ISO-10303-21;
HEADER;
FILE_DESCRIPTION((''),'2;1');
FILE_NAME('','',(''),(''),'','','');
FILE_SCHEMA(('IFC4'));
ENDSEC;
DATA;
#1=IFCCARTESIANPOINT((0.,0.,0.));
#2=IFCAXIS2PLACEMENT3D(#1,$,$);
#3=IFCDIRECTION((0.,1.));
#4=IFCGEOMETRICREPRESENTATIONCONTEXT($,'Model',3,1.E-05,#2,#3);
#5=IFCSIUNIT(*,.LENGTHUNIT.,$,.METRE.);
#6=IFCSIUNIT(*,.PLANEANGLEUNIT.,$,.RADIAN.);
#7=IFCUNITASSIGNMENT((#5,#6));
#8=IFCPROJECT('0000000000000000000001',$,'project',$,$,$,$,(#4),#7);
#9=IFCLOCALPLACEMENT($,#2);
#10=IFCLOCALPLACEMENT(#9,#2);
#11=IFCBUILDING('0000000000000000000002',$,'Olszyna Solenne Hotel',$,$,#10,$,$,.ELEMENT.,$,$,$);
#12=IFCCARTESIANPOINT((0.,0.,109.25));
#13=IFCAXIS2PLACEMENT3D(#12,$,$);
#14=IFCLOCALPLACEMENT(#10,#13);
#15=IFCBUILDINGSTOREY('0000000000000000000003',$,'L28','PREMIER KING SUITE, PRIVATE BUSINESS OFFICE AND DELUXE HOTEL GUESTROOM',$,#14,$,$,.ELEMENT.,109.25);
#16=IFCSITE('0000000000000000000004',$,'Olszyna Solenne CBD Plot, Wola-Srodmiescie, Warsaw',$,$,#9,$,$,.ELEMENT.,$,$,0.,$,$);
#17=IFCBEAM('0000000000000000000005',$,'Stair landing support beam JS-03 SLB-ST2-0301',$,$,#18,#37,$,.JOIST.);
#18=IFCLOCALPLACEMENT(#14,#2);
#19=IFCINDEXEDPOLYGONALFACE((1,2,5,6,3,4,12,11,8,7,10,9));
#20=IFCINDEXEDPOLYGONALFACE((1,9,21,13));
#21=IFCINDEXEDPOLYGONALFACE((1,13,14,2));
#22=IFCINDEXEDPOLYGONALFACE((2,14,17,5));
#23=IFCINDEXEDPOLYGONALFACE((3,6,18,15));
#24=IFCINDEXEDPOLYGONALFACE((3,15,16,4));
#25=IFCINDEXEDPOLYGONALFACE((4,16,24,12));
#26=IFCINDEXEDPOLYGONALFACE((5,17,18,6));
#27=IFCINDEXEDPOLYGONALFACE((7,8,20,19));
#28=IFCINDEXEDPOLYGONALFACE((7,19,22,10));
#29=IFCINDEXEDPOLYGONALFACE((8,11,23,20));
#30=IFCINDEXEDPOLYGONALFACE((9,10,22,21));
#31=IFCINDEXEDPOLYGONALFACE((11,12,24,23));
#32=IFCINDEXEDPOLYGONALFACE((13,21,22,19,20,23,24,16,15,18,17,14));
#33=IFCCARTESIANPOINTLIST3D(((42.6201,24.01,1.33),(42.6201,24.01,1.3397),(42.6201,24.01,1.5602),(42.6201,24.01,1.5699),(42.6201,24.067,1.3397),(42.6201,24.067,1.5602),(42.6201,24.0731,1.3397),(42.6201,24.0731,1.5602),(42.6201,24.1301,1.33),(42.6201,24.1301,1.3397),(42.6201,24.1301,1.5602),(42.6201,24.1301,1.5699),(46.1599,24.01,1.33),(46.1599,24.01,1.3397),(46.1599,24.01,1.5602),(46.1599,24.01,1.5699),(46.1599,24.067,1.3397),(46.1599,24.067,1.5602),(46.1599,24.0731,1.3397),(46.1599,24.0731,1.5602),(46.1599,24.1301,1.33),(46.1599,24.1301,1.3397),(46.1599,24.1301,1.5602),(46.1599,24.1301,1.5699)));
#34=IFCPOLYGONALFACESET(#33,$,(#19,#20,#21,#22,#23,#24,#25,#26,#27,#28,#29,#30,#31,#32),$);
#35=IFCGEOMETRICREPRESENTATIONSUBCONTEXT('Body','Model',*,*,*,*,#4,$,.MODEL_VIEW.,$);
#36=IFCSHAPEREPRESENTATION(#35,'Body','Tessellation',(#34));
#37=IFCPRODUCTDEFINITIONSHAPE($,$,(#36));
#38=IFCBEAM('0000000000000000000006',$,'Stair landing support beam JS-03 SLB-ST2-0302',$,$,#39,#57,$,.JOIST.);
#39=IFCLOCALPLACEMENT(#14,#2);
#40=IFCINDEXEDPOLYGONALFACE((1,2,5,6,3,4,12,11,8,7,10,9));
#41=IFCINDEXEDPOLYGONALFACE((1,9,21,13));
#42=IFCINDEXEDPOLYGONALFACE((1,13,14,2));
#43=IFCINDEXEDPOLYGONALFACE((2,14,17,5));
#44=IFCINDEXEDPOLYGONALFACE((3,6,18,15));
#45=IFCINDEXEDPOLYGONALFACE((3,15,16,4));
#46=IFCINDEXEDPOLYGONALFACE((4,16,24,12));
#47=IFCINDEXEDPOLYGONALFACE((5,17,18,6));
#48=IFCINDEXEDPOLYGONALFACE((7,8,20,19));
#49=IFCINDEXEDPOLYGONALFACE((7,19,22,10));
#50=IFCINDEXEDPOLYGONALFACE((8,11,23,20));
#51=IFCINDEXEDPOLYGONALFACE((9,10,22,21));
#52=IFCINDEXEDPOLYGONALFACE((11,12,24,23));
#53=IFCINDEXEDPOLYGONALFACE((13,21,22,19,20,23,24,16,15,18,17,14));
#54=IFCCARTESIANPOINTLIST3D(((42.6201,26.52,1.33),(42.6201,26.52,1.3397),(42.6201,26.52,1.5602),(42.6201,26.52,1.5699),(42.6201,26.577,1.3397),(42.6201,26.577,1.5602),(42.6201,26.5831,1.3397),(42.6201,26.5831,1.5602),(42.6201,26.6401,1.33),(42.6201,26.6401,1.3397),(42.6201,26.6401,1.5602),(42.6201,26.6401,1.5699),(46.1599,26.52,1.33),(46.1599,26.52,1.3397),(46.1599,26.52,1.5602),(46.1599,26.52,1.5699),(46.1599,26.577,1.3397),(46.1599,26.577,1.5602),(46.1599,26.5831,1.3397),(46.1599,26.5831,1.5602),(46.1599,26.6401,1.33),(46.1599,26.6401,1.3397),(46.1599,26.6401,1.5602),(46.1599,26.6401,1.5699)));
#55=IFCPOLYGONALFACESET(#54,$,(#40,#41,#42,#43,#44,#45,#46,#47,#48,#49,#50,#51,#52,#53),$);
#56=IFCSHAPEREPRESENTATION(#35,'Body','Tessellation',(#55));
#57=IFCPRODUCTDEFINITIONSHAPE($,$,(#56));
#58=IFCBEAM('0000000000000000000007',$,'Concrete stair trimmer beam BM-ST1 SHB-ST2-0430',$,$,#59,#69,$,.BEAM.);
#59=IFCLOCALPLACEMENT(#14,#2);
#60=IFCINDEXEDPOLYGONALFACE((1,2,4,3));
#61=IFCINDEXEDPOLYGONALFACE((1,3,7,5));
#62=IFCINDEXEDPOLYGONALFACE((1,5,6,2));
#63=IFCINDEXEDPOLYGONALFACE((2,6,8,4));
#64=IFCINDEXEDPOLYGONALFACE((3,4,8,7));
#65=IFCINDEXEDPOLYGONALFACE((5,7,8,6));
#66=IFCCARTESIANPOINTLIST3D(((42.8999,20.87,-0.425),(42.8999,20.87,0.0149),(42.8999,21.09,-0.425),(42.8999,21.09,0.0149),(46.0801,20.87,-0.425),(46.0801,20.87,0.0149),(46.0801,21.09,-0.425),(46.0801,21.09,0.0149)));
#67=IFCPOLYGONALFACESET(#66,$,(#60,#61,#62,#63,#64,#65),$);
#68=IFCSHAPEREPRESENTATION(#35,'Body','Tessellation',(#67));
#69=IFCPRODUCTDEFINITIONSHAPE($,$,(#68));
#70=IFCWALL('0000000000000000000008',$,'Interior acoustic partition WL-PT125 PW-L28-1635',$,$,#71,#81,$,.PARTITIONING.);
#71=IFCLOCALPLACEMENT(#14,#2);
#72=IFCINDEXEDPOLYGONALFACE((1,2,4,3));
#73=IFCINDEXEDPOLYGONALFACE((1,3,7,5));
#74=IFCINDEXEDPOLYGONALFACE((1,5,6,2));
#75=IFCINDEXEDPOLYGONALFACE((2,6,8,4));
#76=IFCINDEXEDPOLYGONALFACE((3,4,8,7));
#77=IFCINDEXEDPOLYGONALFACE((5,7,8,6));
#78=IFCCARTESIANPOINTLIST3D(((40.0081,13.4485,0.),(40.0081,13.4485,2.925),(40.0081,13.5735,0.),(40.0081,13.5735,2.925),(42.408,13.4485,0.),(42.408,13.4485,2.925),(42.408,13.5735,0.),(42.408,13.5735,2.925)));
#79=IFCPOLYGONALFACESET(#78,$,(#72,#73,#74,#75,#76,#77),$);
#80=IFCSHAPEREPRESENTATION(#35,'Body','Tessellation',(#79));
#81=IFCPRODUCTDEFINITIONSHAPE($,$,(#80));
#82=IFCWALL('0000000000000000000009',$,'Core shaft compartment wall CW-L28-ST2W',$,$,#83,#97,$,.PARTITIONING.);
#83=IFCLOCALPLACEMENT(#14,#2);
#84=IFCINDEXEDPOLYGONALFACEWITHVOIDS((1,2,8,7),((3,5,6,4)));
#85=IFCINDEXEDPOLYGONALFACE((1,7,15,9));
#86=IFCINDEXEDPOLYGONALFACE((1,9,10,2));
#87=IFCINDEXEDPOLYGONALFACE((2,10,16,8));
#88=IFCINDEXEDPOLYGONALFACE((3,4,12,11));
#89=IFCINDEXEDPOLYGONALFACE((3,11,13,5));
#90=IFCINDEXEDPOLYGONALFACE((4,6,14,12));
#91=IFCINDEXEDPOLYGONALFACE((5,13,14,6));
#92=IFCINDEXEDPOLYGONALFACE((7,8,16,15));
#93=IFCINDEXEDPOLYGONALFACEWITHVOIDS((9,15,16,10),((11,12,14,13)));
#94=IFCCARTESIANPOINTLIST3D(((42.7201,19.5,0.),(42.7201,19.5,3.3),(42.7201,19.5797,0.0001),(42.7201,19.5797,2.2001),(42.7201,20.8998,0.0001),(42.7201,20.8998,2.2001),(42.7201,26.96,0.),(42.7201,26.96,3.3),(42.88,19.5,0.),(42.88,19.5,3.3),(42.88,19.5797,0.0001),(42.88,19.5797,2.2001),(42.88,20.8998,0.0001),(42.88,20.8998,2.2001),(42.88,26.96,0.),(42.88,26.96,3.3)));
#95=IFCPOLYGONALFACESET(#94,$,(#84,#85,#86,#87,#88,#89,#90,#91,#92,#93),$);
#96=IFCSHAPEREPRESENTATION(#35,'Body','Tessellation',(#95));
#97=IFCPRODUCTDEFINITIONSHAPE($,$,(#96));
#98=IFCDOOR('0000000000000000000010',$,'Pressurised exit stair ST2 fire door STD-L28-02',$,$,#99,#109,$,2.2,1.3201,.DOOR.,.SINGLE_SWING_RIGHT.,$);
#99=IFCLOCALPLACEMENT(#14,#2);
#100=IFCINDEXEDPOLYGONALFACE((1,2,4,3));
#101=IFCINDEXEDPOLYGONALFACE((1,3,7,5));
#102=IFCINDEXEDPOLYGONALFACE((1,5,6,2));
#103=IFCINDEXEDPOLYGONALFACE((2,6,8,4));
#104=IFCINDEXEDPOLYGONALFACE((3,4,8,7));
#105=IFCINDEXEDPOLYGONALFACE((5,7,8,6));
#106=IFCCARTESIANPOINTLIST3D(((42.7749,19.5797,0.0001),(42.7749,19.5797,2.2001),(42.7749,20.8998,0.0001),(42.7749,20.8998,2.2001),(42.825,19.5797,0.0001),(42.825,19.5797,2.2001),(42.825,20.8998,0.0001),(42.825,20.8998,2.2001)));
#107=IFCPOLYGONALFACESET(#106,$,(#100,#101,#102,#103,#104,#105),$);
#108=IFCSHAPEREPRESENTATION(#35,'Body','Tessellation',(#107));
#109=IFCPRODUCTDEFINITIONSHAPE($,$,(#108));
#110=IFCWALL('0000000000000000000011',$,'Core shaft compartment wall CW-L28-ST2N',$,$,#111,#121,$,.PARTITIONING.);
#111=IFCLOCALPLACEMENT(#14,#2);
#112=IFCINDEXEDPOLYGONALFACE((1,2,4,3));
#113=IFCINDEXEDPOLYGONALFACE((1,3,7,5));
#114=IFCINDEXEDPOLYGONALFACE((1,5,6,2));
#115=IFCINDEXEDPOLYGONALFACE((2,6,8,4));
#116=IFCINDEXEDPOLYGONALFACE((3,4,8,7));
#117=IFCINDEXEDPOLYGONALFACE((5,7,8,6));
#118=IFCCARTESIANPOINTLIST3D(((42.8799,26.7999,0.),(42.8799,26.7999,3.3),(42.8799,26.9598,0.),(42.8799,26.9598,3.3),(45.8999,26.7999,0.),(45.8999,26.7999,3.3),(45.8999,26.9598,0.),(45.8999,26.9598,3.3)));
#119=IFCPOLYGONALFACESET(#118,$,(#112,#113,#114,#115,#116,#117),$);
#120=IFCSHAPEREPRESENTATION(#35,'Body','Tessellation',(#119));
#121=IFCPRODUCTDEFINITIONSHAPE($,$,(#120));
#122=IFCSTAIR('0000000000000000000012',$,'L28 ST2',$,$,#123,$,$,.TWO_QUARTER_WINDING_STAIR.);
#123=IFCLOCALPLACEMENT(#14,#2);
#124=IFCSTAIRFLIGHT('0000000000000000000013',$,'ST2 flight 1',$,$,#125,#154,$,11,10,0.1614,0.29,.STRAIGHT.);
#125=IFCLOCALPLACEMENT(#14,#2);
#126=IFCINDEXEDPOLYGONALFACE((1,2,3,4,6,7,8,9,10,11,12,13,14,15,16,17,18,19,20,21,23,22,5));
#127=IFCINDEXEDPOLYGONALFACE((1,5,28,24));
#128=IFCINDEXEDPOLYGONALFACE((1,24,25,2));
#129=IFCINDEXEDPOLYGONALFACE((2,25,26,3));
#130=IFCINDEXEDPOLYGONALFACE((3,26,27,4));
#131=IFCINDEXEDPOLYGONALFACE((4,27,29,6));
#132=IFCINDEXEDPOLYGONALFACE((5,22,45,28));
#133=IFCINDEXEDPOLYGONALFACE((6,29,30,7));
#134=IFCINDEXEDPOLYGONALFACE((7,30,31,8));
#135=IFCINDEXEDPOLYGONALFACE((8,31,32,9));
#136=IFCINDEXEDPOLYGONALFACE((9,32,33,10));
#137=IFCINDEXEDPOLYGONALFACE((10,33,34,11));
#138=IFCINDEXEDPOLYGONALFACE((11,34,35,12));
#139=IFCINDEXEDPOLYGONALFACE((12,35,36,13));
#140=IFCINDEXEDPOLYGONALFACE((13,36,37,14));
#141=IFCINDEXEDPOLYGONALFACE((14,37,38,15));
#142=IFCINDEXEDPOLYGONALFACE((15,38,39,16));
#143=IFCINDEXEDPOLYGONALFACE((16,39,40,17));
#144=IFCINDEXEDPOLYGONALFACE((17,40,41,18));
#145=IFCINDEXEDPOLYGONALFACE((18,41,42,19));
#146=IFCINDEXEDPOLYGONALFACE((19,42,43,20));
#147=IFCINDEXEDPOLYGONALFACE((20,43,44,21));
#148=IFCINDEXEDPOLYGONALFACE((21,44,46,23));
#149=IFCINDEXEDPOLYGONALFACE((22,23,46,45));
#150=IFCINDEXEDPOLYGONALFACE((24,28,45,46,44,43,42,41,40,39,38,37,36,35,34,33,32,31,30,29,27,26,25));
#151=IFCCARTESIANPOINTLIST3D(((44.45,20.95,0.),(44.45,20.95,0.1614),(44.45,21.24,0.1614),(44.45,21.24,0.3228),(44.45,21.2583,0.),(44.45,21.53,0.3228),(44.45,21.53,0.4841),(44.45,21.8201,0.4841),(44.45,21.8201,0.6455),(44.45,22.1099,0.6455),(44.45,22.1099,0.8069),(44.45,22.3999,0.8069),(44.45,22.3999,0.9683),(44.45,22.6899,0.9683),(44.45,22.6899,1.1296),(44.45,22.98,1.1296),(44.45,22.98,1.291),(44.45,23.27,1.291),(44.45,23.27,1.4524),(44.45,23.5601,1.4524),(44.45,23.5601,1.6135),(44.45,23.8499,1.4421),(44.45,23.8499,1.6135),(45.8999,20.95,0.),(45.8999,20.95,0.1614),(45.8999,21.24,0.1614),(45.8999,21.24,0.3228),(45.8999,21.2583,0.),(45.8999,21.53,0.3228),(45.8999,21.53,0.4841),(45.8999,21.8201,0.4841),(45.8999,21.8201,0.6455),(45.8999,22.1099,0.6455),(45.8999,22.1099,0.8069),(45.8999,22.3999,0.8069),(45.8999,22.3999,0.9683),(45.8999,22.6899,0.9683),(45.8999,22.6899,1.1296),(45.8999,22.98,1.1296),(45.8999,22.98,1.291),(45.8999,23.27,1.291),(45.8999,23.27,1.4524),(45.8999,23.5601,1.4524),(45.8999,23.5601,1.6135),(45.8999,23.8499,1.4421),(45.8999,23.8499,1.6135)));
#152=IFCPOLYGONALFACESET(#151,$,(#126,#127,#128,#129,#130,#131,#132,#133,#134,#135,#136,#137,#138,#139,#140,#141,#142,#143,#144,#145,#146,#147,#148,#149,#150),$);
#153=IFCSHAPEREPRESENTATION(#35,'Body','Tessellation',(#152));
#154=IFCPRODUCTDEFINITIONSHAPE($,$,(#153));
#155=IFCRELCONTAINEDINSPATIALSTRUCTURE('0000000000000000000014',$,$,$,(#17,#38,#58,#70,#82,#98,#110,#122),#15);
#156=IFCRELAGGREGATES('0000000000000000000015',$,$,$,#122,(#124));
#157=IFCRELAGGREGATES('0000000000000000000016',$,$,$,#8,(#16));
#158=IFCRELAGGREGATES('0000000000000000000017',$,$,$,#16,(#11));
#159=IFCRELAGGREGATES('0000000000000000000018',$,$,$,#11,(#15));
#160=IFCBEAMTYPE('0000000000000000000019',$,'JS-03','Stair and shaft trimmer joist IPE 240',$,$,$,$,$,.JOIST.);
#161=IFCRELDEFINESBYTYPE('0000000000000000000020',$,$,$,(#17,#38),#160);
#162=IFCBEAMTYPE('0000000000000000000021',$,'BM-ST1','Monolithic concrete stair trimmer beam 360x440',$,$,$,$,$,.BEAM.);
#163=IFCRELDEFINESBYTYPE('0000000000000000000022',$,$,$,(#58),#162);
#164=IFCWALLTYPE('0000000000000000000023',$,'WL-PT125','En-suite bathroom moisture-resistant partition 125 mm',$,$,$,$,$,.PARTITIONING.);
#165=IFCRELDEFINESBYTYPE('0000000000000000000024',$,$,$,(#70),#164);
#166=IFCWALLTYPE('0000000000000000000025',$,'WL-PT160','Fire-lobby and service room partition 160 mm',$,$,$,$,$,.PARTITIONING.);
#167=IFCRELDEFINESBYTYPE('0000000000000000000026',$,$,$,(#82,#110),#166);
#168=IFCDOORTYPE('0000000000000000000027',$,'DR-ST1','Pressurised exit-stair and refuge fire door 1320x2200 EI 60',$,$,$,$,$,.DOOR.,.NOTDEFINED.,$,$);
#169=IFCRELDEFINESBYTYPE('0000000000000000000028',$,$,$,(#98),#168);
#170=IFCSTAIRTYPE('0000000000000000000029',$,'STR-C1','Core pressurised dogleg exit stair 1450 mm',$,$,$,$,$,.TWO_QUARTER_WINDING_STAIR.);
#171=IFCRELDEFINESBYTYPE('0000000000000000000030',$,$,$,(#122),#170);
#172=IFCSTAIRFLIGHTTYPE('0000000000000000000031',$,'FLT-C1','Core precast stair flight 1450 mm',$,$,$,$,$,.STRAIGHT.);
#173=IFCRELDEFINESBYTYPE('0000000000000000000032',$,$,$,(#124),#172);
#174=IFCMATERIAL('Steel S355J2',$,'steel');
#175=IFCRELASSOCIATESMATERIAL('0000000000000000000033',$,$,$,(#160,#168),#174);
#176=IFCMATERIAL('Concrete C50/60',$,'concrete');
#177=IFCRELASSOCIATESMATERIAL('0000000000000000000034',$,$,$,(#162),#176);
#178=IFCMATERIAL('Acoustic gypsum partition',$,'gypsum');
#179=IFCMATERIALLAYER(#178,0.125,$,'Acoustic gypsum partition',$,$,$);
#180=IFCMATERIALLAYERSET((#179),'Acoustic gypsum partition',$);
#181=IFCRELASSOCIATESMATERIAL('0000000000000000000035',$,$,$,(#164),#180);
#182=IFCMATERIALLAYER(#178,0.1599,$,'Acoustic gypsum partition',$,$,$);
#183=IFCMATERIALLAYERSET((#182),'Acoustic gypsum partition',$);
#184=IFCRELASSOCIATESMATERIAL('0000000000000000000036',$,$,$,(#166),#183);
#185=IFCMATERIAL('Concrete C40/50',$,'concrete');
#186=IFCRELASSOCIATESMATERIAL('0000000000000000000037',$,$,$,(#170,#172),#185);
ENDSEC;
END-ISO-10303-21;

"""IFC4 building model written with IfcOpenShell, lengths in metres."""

from ifc_helpers import new_model, si_unit, direction, frame, frame_2d, origin, origin_2d, place, context, subcontext, project, spatial, polyline, rectangle, i_section, outline, extrude, source, transform, mapped, material, layer, layer_set, material_profile, profile_set, type_object, type_shapes, element, fill, aggregate, save


model = new_model("IFC4")

# Units and contexts
model_context = context("Model", 3, precision=1e-05, world=origin(), true_north=direction((0.0, 1.0)))
body_context = subcontext(model_context, "Body", "Model", "MODEL_VIEW")
ifc_project = project(units=[si_unit("LENGTHUNIT", "METRE"), si_unit("PLANEANGLEUNIT", "RADIAN")], contexts=[model_context])

# Site, building, storey
site_placement = place(None, origin())
site = spatial("IfcSite", under=ifc_project, at=site_placement, Name="Olszyna Solenne CBD Plot, Wola-Srodmiescie, Warsaw", CompositionType="ELEMENT", RefElevation=0.0)
building_placement = place(site_placement, origin())
building = spatial("IfcBuilding", under=site, at=building_placement, Name="Olszyna Solenne Hotel", CompositionType="ELEMENT")
storey_placement = place(building_placement, frame((0.0, 0.0, 109.25)))
storey = spatial("IfcBuildingStorey", under=building, at=storey_placement, Name="L28", Description="PREMIER KING SUITE, PRIVATE BUSINESS OFFICE AND DELUXE HOTEL GUESTROOM", CompositionType="ELEMENT", Elevation=109.25)

# Beams
ifc_material_1 = material(Name="Steel S355J2", Category="steel")
ifc_material_profile_1 = material_profile(ifc_material_1, i_section(OverallWidth=0.1201, OverallDepth=0.24, WebThickness=0.0061, FlangeThickness=0.0098, at=origin_2d()), Name="IPE 240", Category="load-bearing")
ifc_profile_set_1 = profile_set([ifc_material_profile_1], Name="Steel S355J2")
beam_type_1 = type_object("IfcBeamType", Name="JS-03", Description="Stair and shaft trimmer joist IPE 240", PredefinedType="JOIST", material=ifc_profile_set_1)
shared_shape_1 = source(origin(), body_context, "Body", "SweptSolid", [
    extrude(i_section(OverallWidth=0.1201, OverallDepth=0.24, WebThickness=0.0061, FlangeThickness=0.0098, at=origin_2d()), origin(), (0.0, 0.0, 1.0), 3.5398),
])
for number, where, z_axis, x_axis, name in (
    (1, (46.1599, 24.0701, 1.45), (-1.0, 0.0, 0.0), (0.0, -1.0, 0.0), "Stair landing support beam JS-03 SLB-ST2-0301"),
    (2, (46.1599, 26.5801, 1.45), (-1.0, 0.0, 0.0), (0.0, -1.0, 0.0), "Stair landing support beam JS-03 SLB-ST2-0302"),
):
    element("IfcBeam", number, at=place(storey_placement, frame(where, z_axis=z_axis, x_axis=x_axis)), inside=storey, type_object=beam_type_1, Name=name, PredefinedType="JOIST", context=body_context, shape_type="MappedRepresentation", body=[
        mapped(shared_shape_1, transform((0.0, 0.0, 0.0), x_axis=(1.0, 0.0, 0.0), y_axis=(0.0, 1.0, 0.0), z_axis=(0.0, 0.0, 1.0), scale=1.0)),
    ])
ifc_material_2 = material(Name="Concrete C50/60", Category="concrete")
ifc_material_profile_2 = material_profile(ifc_material_2, rectangle(XDim=0.22, YDim=0.4399, at=origin_2d()), Name="RC 220x440", Category="load-bearing")
ifc_profile_set_2 = profile_set([ifc_material_profile_2], Name="Concrete C50/60")
beam_type_2 = type_object("IfcBeamType", Name="BM-ST1", Description="Monolithic concrete stair trimmer beam 360x440", PredefinedType="BEAM", material=ifc_profile_set_2)
shared_shape_2 = source(origin(), body_context, "Body", "SweptSolid", [
    extrude(rectangle(XDim=0.22, YDim=0.4399, at=origin_2d()), origin(), (0.0, 0.0, 1.0), 3.1802),
])
beam_placement = place(storey_placement, frame((46.0801, 20.98, -0.2051), z_axis=(-1.0, 0.0, 0.0), x_axis=(0.0, -1.0, 0.0)))
element("IfcBeam", 3, at=beam_placement, inside=storey, type_object=beam_type_2, Name="Concrete stair trimmer beam BM-ST1 SHB-ST2-0430", PredefinedType="BEAM", context=body_context, shape_type="MappedRepresentation", body=[
    mapped(shared_shape_2, transform((0.0, 0.0, 0.0), x_axis=(1.0, 0.0, 0.0), y_axis=(0.0, 1.0, 0.0), z_axis=(0.0, 0.0, 1.0), scale=1.0)),
])

# Wall
ifc_material_3 = material(Name="Acoustic gypsum partition", Category="gypsum")
ifc_layer_1 = layer(ifc_material_3, 0.125, Name="Acoustic gypsum partition")
ifc_layer_set_1 = layer_set([ifc_layer_1], Name="Acoustic gypsum partition")
wall_type_1 = type_object("IfcWallType", Name="WL-PT125", Description="En-suite bathroom moisture-resistant partition 125 mm", PredefinedType="PARTITIONING", material=ifc_layer_set_1)
wall_1_placement = place(storey_placement, frame((42.408, 13.511, 0.0), z_axis=(0.0, 0.0, 1.0), x_axis=(-1.0, 0.0, 0.0)))
element("IfcWall", 4, at=wall_1_placement, inside=storey, type_object=wall_type_1, Name="Interior acoustic partition WL-PT125 PW-L28-1635", PredefinedType="PARTITIONING", context=body_context, shape_type="SweptSolid", body=[
    extrude(rectangle(XDim=2.3999, YDim=0.125, at=frame_2d((1.2, 0.0))), origin(), (0.0, 0.0, 1.0), 2.925),
])

# Wall, opening, door
ifc_layer_2 = layer(ifc_material_3, 0.1599, Name="Acoustic gypsum partition")
ifc_layer_set_2 = layer_set([ifc_layer_2], Name="Acoustic gypsum partition")
wall_type_2 = type_object("IfcWallType", Name="WL-PT160", Description="Fire-lobby and service room partition 160 mm", PredefinedType="PARTITIONING", material=ifc_layer_set_2)
wall_2_placement = place(storey_placement, frame((42.8, 26.96, 0.0), z_axis=(0.0, 0.0, 1.0), x_axis=(0.0, -1.0, 0.0)))
wall_2 = element("IfcWall", 5, at=wall_2_placement, inside=storey, type_object=wall_type_2, Name="Core shaft compartment wall CW-L28-ST2W", PredefinedType="PARTITIONING", context=body_context, shape_type="SweptSolid", body=[
    extrude(rectangle(XDim=7.46, YDim=0.1599, at=frame_2d((3.73, 0.0))), origin(), (0.0, 0.0, 1.0), 3.3),
])
opening_placement = place(wall_2_placement, frame((6.0601, 0.0, 0.0)))
opening = element("IfcOpeningElement", 6, at=opening_placement, cuts=wall_2, PredefinedType="OPENING", context=body_context, shape_type="SweptSolid", body=[
    extrude(rectangle(XDim=1.3201, YDim=2.2, at=frame_2d((0.6602, 1.1001))), frame((0.0, 0.0898, 0.0), z_axis=(0.0, -1.0, 0.0), x_axis=(1.0, 0.0, 0.0)), (0.0, 0.0, 1.0), 0.1799),
])
door_type = type_object("IfcDoorType", Name="DR-ST1", Description="Pressurised exit-stair and refuge fire door 1320x2200 EI 60", OperationType="NOTDEFINED", PredefinedType="DOOR", material=ifc_material_1)
shared_shape_3 = source(origin(), body_context, "Body", "SweptSolid", [
    extrude(rectangle(XDim=1.3201, YDim=2.2, at=frame_2d((0.6602, 1.1001))), frame((0.0, 0.0249, 0.0), z_axis=(0.0, -1.0, 0.0), x_axis=(1.0, 0.0, 0.0)), (0.0, 0.0, 1.0), 0.05),
])
type_shapes(door_type, [shared_shape_3])
door_placement = place(opening_placement, origin())
door = element("IfcDoor", 7, at=door_placement, inside=storey, type_object=door_type, Name="Pressurised exit stair ST2 fire door STD-L28-02", OperationType="SINGLE_SWING_RIGHT", OverallHeight=2.2, OverallWidth=1.3201, PredefinedType="DOOR", context=body_context, shape_type="MappedRepresentation", body=[
    mapped(shared_shape_3, transform((0.0, 0.0, 0.0), x_axis=(1.0, 0.0, 0.0), y_axis=(0.0, 1.0, 0.0), z_axis=(0.0, 0.0, 1.0), scale=1.0)),
])
fill(opening, door)

# Wall
wall_3_placement = place(storey_placement, frame((42.8799, 26.8799, 0.0), z_axis=(0.0, 0.0, 1.0), x_axis=(1.0, 0.0, 0.0)))
element("IfcWall", 8, at=wall_3_placement, inside=storey, type_object=wall_type_2, Name="Core shaft compartment wall CW-L28-ST2N", PredefinedType="PARTITIONING", context=body_context, shape_type="SweptSolid", body=[
    extrude(rectangle(XDim=3.02, YDim=0.1599, at=frame_2d((1.51, 0.0))), origin(), (0.0, 0.0, 1.0), 3.3),
])

# Stair, stair flight
ifc_material_4 = material(Name="Concrete C40/50", Category="concrete")
stair_type = type_object("IfcStairType", Name="STR-C1", Description="Core pressurised dogleg exit stair 1450 mm", PredefinedType="TWO_QUARTER_WINDING_STAIR", material=ifc_material_4)
stair_placement = place(storey_placement, origin())
stair = element("IfcStair", 9, at=stair_placement, inside=storey, type_object=stair_type, Name="L28 ST2", PredefinedType="TWO_QUARTER_WINDING_STAIR")
stair_flight_type = type_object("IfcStairFlightType", Name="FLT-C1", Description="Core precast stair flight 1450 mm", PredefinedType="STRAIGHT", material=ifc_material_4)
stair_flight_1_placement = place(storey_placement, frame((45.175, 20.95, 0.0), z_axis=(0.0, 0.0, 1.0), x_axis=(0.0, 1.0, 0.0)))
stair_flight_1 = element("IfcStairFlight", 10, at=stair_flight_1_placement, type_object=stair_flight_type, Name="ST2 flight 1", NumberOfRisers=11, NumberOfTreads=10, PredefinedType="STRAIGHT", RiserHeight=0.1614, TreadLength=0.29, context=body_context, shape_type="SweptSolid", body=[
    extrude(outline(polyline([(0.0, 0.0), (0.0, 0.1614), (0.29, 0.1614), (0.29, 0.3228), (0.5801, 0.3228), (0.5801, 0.4841), (0.8701, 0.4841), (0.8701, 0.6455), (1.1599, 0.6455), (1.1599, 0.8069), (1.45, 0.8069), (1.45, 0.9683), (1.74, 0.9683), (1.74, 1.1296), (2.03, 1.1296), (2.03, 1.291), (2.3201, 1.291), (2.3201, 1.4524), (2.6101, 1.4524), (2.6101, 1.6135), (2.8999, 1.6135), (2.8999, 1.7749), (2.8999, 1.4421), (0.3083, 0.0), (0.0, 0.0)])), frame((0.0, 0.7251, 0.0), z_axis=(0.0, -1.0, 0.0), x_axis=(1.0, 0.0, 0.0)), (0.0, 0.0, 1.0), 1.45),
])
aggregate(stair, [stair_flight_1])

save(model, "model.ifc")
